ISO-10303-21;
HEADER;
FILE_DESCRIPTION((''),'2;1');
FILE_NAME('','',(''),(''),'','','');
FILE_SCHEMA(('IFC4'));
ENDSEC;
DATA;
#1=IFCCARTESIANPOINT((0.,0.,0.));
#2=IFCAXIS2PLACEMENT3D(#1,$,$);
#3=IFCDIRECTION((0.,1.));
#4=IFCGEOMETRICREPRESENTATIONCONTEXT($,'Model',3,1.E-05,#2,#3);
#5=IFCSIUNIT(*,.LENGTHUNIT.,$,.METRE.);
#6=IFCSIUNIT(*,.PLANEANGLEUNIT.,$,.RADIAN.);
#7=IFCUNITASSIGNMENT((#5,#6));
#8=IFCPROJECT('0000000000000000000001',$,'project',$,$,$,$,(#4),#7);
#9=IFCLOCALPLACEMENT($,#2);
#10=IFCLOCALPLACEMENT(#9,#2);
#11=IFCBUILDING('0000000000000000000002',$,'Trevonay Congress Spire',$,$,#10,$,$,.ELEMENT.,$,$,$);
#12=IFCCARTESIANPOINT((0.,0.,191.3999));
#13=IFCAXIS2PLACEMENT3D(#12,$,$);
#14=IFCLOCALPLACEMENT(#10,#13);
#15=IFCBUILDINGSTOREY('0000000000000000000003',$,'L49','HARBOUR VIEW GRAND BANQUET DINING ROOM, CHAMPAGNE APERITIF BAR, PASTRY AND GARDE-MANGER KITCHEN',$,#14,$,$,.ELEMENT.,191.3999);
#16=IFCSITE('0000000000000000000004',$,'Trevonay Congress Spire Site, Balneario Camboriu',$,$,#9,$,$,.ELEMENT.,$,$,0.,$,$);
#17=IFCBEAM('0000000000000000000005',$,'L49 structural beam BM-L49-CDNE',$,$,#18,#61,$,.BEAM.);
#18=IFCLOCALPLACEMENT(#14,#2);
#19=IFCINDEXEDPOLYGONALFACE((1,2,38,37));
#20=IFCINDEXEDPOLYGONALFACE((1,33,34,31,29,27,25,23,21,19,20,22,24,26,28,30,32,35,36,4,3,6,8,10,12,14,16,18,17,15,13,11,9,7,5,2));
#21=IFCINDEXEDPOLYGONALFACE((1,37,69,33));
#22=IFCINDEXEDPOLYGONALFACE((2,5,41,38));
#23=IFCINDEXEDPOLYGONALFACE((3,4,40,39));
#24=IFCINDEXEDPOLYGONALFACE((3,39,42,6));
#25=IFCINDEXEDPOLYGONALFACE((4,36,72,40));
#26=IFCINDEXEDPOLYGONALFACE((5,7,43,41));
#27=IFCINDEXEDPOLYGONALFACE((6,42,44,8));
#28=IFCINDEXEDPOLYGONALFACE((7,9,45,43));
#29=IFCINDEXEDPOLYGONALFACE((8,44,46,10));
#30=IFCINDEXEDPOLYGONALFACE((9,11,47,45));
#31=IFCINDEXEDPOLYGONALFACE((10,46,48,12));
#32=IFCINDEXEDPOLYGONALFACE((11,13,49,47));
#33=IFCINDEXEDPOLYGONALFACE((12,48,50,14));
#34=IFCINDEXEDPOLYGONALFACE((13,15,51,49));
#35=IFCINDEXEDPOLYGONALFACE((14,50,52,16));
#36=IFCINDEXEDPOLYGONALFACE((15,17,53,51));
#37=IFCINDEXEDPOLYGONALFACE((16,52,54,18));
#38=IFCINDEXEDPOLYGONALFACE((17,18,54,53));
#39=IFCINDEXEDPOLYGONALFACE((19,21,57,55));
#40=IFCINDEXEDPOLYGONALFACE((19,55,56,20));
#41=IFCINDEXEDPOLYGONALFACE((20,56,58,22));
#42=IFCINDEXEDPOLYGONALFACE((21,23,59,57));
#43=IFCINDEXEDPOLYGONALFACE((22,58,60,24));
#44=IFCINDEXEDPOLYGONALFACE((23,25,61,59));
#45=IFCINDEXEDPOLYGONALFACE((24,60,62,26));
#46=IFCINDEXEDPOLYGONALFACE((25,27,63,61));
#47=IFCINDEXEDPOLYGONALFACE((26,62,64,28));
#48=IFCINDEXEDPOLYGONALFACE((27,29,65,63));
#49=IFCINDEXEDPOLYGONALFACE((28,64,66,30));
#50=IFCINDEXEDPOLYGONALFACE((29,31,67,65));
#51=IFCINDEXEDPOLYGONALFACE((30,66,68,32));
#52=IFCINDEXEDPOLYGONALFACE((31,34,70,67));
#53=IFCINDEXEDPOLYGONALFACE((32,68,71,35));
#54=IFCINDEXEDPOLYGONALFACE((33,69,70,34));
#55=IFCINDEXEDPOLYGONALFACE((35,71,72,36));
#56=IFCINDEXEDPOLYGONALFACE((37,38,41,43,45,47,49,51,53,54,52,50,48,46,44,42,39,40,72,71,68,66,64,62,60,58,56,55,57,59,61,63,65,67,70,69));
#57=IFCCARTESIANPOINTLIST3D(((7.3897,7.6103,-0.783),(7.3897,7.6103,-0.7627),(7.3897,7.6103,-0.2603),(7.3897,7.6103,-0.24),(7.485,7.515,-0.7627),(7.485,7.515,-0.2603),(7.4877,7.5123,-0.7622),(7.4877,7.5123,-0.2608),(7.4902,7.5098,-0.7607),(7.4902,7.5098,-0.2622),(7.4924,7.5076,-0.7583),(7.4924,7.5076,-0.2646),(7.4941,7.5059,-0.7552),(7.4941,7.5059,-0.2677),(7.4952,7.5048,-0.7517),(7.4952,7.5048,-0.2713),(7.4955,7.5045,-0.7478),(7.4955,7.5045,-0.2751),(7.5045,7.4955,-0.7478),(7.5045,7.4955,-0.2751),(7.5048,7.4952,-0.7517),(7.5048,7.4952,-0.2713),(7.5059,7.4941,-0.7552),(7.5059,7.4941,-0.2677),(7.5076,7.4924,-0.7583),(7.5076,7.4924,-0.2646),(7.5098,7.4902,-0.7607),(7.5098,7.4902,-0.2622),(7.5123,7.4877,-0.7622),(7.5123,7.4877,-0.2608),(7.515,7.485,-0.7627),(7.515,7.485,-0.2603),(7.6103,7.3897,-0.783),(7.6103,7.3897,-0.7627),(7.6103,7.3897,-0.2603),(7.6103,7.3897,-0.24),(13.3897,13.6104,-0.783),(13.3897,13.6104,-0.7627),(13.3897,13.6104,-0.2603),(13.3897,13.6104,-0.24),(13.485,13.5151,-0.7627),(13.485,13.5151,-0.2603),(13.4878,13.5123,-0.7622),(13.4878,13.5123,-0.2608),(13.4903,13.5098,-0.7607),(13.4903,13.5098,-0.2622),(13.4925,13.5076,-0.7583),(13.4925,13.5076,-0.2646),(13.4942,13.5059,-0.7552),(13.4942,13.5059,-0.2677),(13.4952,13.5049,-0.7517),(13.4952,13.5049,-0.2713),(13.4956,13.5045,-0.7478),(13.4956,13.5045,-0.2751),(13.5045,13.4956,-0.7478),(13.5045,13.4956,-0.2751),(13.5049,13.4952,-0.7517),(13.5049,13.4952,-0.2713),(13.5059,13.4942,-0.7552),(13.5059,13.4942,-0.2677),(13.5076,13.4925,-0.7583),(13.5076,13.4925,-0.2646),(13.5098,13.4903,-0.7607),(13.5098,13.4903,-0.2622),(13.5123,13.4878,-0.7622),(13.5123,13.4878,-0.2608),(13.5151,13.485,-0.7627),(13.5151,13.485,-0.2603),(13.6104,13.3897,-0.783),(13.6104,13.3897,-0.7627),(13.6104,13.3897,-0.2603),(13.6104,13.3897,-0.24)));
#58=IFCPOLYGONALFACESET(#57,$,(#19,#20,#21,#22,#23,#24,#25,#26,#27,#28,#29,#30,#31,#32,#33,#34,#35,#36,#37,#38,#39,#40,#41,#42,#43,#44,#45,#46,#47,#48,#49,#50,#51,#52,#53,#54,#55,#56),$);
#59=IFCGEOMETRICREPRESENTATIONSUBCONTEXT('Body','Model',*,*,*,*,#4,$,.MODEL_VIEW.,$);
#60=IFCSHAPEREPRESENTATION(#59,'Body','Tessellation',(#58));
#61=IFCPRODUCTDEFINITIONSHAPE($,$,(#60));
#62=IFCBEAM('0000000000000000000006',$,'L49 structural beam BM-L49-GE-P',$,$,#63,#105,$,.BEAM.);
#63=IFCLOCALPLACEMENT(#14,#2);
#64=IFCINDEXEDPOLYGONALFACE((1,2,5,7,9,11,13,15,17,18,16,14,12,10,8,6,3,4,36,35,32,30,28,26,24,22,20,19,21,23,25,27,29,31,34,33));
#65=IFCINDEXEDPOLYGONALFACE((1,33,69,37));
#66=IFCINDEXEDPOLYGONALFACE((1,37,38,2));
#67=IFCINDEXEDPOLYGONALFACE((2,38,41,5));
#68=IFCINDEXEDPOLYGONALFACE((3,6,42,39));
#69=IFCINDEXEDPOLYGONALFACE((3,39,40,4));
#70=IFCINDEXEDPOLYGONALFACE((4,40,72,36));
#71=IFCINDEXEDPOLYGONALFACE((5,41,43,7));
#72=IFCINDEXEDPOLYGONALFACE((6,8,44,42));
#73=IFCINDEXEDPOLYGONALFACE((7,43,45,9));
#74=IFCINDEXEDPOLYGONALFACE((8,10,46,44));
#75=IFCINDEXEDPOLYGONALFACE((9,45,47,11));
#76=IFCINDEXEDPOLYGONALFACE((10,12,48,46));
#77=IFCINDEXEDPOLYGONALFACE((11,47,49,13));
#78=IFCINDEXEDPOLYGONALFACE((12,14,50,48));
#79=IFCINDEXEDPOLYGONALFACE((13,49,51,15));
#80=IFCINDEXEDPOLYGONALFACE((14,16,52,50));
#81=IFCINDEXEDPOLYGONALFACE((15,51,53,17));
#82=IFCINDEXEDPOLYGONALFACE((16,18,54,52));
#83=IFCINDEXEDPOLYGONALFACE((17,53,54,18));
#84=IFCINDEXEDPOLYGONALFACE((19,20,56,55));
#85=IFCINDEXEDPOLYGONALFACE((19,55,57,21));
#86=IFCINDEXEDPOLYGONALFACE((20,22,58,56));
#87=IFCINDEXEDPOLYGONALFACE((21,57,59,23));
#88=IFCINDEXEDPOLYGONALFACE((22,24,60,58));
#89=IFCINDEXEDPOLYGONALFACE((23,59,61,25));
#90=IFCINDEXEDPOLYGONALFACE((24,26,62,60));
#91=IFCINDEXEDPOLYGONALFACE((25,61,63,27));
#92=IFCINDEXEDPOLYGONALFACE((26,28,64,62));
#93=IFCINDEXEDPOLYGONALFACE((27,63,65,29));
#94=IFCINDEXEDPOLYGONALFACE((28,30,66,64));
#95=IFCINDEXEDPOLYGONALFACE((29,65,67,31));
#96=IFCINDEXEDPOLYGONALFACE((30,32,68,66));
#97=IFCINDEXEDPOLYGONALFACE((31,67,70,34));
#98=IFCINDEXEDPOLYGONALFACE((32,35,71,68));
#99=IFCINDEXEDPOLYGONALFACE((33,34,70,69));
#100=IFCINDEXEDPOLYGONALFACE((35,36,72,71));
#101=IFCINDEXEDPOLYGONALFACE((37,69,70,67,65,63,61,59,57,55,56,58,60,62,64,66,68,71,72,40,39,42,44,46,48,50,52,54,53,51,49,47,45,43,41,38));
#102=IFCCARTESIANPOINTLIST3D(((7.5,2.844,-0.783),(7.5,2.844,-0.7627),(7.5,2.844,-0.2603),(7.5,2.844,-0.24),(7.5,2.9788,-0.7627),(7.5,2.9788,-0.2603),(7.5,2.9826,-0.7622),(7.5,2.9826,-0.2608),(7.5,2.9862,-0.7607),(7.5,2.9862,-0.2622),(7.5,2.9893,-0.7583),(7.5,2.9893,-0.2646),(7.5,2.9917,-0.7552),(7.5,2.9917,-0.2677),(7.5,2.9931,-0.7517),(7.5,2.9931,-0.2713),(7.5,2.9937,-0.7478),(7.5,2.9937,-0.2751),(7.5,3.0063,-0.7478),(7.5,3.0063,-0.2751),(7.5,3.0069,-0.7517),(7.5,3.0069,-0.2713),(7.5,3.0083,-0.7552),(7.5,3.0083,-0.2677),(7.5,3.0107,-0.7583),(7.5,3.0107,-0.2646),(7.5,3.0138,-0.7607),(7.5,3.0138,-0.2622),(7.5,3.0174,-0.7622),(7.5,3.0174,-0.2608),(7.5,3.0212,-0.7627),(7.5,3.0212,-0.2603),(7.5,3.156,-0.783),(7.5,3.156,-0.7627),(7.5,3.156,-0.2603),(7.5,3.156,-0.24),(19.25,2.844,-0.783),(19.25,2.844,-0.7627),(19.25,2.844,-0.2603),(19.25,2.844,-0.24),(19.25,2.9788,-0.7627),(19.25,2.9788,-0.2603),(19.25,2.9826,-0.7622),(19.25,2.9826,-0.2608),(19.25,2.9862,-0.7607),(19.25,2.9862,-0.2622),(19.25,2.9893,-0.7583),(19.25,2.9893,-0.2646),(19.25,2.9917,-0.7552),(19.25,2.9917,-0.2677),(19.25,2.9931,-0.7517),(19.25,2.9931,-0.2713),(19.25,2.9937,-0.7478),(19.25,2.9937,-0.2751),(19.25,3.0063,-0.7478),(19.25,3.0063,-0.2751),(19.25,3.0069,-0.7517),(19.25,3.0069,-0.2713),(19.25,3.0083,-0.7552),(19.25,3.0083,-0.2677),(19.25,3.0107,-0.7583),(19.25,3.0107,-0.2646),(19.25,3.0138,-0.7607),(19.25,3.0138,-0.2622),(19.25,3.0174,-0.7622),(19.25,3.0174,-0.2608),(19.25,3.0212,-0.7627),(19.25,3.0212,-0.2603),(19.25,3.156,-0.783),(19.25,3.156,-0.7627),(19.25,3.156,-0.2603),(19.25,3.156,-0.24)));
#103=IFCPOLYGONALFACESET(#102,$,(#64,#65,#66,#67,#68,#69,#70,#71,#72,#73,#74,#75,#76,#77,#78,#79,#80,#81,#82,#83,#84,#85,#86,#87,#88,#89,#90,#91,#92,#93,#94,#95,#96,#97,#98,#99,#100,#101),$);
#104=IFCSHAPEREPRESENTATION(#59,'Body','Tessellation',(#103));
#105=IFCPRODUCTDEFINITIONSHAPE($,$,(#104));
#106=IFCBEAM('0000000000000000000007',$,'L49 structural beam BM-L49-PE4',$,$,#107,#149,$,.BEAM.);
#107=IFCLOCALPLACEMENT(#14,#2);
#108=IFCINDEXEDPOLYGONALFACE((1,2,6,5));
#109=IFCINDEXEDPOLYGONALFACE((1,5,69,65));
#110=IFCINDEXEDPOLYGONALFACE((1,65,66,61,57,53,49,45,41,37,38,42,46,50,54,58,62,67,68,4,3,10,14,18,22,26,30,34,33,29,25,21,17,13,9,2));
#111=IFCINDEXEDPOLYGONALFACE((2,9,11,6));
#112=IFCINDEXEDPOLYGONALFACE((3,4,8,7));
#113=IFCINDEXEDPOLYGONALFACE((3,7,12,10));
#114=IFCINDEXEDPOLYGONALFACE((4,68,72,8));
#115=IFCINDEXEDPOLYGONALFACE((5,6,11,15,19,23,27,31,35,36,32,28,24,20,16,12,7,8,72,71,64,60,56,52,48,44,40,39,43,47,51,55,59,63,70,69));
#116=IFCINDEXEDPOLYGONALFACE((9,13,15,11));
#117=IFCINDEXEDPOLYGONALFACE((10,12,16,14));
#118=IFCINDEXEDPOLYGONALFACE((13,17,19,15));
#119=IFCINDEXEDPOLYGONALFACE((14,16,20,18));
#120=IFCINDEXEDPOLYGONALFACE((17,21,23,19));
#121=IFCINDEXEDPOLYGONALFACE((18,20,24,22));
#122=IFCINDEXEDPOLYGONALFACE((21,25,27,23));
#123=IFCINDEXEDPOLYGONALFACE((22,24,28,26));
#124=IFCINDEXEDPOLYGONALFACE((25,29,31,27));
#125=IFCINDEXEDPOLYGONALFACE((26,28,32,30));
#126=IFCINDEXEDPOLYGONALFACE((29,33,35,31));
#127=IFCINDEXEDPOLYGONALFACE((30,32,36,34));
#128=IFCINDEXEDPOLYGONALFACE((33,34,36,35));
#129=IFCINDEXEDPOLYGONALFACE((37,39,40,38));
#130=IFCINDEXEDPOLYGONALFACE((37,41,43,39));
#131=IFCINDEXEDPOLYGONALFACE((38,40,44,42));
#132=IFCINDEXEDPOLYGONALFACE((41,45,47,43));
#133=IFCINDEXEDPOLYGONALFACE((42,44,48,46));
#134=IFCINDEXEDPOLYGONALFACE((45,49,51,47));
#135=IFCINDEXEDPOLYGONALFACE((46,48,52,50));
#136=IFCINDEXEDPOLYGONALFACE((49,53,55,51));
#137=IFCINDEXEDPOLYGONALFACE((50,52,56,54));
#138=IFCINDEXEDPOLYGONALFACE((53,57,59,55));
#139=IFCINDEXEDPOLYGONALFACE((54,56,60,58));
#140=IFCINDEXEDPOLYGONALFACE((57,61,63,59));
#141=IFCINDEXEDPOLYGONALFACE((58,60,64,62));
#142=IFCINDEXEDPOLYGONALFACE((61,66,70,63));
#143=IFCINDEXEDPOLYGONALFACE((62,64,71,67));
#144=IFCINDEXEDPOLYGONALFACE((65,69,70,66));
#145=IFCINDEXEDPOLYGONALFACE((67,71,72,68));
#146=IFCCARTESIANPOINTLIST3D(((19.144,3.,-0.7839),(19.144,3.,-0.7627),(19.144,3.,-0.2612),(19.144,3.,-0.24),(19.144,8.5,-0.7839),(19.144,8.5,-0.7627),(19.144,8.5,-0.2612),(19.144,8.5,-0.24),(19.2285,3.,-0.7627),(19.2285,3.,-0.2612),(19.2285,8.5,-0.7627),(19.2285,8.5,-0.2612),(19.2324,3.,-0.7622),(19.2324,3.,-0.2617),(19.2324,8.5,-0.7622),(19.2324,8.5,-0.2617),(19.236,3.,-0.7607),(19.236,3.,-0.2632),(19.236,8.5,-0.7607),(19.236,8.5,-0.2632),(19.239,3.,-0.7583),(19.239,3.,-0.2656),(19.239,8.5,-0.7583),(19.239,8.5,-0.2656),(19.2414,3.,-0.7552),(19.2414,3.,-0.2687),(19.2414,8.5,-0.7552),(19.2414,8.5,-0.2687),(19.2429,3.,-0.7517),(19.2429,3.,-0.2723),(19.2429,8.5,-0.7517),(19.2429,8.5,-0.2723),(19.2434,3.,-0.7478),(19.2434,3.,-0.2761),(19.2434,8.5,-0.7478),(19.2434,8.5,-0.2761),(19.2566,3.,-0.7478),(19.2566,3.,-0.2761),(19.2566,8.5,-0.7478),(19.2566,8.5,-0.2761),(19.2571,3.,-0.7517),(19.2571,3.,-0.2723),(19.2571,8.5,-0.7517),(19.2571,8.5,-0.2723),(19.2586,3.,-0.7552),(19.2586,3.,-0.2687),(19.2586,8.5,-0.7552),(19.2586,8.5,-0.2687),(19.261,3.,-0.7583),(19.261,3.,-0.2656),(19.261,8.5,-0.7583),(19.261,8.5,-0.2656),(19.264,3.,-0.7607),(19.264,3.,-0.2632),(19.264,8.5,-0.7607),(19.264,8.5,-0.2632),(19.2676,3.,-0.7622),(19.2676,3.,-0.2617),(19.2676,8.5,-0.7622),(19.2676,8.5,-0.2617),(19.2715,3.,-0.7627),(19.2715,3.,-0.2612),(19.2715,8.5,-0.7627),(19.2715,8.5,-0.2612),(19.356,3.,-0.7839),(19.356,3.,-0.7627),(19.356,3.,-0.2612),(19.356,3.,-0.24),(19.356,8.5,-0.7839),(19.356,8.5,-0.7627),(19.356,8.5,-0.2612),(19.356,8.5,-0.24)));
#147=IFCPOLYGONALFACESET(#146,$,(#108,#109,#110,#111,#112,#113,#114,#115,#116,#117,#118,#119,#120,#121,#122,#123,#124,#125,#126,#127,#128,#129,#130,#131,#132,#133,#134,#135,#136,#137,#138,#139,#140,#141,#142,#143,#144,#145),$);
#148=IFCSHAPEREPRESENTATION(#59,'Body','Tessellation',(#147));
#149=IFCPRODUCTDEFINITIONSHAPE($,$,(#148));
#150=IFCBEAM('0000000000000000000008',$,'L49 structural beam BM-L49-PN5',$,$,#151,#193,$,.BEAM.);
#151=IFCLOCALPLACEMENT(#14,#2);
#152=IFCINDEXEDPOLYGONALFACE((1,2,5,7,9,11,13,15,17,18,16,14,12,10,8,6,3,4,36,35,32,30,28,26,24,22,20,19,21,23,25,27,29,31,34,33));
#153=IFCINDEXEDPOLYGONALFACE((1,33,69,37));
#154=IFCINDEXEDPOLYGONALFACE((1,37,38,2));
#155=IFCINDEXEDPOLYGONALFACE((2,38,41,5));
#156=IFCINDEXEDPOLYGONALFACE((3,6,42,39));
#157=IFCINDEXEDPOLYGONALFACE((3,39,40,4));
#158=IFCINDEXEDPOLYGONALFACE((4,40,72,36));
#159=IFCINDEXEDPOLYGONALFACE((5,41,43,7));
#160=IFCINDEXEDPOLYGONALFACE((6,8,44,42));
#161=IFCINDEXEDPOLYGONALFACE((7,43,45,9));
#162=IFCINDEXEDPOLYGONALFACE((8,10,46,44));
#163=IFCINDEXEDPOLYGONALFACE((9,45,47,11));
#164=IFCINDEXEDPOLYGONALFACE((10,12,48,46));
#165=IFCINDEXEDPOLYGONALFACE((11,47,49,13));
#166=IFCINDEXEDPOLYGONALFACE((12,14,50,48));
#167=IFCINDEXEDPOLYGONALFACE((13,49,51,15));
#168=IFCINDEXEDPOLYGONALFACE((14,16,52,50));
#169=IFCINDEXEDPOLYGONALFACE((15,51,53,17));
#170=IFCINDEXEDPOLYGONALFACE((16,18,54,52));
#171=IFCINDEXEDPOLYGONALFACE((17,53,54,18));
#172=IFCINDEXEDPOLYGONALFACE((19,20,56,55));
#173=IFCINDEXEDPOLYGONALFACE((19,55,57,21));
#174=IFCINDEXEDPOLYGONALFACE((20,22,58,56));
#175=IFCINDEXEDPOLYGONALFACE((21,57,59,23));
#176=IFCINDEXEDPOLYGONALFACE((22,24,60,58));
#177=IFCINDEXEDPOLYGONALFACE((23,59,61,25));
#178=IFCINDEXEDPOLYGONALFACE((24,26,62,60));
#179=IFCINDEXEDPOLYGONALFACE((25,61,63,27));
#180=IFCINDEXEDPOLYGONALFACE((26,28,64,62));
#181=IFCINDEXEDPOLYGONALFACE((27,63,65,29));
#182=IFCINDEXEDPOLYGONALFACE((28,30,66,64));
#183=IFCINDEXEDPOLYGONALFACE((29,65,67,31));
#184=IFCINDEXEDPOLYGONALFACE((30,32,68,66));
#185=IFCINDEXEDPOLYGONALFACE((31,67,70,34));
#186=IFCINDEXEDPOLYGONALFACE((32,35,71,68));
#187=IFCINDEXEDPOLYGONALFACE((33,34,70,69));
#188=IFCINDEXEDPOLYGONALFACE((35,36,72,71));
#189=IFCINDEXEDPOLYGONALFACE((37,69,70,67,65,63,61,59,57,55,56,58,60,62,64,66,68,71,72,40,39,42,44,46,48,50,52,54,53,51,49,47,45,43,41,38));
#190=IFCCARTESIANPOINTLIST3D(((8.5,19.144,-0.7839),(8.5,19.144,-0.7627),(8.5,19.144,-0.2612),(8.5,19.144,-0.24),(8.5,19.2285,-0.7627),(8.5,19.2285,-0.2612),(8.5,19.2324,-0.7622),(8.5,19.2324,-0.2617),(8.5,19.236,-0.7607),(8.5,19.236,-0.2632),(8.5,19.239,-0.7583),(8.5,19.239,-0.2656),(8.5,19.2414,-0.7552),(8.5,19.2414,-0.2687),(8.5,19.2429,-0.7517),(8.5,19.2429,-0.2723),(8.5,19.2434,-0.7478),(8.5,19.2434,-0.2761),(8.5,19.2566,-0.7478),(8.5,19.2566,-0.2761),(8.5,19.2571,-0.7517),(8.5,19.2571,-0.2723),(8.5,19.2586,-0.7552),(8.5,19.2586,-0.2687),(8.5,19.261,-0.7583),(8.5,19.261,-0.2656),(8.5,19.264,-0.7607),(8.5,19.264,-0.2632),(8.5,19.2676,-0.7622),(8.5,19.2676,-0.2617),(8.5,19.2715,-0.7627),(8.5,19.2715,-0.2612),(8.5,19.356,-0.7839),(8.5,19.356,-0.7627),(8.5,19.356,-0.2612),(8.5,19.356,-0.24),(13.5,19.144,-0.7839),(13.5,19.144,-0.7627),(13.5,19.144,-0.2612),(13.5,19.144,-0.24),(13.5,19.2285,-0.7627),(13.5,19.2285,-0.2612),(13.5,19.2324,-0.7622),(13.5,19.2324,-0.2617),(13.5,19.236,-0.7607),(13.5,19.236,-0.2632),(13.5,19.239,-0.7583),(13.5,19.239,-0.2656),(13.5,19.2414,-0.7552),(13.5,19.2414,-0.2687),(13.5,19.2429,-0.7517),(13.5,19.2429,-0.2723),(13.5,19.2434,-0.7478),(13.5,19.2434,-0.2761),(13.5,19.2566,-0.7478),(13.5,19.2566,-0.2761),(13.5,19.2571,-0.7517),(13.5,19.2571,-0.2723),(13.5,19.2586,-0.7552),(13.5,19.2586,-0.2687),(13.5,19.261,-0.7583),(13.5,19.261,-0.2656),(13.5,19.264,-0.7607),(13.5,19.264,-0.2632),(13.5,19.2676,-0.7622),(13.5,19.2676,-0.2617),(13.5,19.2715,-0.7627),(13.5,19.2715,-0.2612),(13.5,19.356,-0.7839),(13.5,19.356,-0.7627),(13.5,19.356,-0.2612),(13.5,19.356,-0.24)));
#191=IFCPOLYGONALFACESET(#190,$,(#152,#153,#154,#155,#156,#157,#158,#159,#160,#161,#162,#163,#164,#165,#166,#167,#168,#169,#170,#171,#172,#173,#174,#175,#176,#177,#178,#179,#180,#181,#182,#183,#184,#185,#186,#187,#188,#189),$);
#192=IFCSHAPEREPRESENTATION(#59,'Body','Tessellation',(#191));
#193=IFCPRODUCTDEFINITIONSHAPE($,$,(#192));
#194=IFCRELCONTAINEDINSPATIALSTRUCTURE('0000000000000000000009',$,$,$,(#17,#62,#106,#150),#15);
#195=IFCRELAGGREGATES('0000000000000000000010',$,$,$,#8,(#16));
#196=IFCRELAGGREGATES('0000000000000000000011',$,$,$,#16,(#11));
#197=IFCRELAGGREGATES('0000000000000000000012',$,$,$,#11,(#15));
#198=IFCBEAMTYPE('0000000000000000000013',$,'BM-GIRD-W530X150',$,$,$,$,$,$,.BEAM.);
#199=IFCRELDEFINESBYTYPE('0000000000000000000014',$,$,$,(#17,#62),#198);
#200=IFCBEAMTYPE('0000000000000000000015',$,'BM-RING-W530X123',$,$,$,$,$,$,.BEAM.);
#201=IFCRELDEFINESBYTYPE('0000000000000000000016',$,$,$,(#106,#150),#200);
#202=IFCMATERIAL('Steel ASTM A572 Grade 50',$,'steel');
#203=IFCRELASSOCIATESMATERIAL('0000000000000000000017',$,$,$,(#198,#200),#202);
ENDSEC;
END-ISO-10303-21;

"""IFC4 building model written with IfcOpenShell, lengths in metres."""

from ifc_helpers import new_model, si_unit, direction, frame, origin, origin_2d, place, context, subcontext, project, spatial, i_section, extrude, material, material_profile, profile_set, type_object, element, save


model = new_model("IFC4")

# Units and contexts
model_context = context("Model", 3, precision=1e-05, world=origin(), true_north=direction((0.0, 1.0)))
body_context = subcontext(model_context, "Body", "Model", "MODEL_VIEW")
ifc_project = project(units=[si_unit("LENGTHUNIT", "METRE"), si_unit("PLANEANGLEUNIT", "RADIAN")], contexts=[model_context])

# Site, building, storey
site_placement = place(None, origin())
site = spatial("IfcSite", under=ifc_project, at=site_placement, Name="Trevonay Congress Spire Site, Balneario Camboriu", CompositionType="ELEMENT", RefElevation=0.0)
building_placement = place(site_placement, origin())
building = spatial("IfcBuilding", under=site, at=building_placement, Name="Trevonay Congress Spire", CompositionType="ELEMENT")
storey_placement = place(building_placement, frame((0.0, 0.0, 191.3999)))
storey = spatial("IfcBuildingStorey", under=building, at=storey_placement, Name="L49", Description="HARBOUR VIEW GRAND BANQUET DINING ROOM, CHAMPAGNE APERITIF BAR, PASTRY AND GARDE-MANGER KITCHEN", CompositionType="ELEMENT", Elevation=191.3999)

# Shared definitions
ifc_material_1 = material(Name="Steel ASTM A572 Grade 50", Category="steel")

# Beams
ifc_material_profile_1 = material_profile(ifc_material_1, i_section(OverallWidth=0.312, OverallDepth=0.543, WebThickness=0.0127, FlangeThickness=0.0203, FilletRadius=0.0149, at=origin_2d()), Name="W530x150")
ifc_profile_set_1 = profile_set([ifc_material_profile_1], Name="Steel ASTM A572 Grade 50")
beam_type_1 = type_object("IfcBeamType", Name="BM-GIRD-W530X150", PredefinedType="BEAM", material=ifc_profile_set_1)
beam_1_placement = place(storey_placement, frame((7.5, 7.5, -0.5115), z_axis=(0.707107, 0.707107, 0.0), x_axis=(-0.707107, 0.707107, 0.0)))
element("IfcBeam", 1, at=beam_1_placement, inside=storey, type_object=beam_type_1, Name="L49 structural beam BM-L49-CDNE", PredefinedType="BEAM", context=body_context, shape_type="SweptSolid", body=[
    extrude(i_section(OverallWidth=0.312, OverallDepth=0.543, WebThickness=0.0127, FlangeThickness=0.0203, FilletRadius=0.0149, at=origin_2d()), origin(), (0.0, 0.0, 1.0), 8.4854),
])
beam_2_placement = place(storey_placement, frame((7.5, 3.0, -0.5115), z_axis=(1.0, 0.0, 0.0), x_axis=(0.0, 1.0, 0.0)))
element("IfcBeam", 2, at=beam_2_placement, inside=storey, type_object=beam_type_1, Name="L49 structural beam BM-L49-GE-P", PredefinedType="BEAM", context=body_context, shape_type="SweptSolid", body=[
    extrude(i_section(OverallWidth=0.312, OverallDepth=0.543, WebThickness=0.0127, FlangeThickness=0.0203, FilletRadius=0.0149, at=origin_2d()), origin(), (0.0, 0.0, 1.0), 11.75),
])
ifc_material_profile_2 = material_profile(ifc_material_1, i_section(OverallWidth=0.2119, OverallDepth=0.5439, WebThickness=0.0132, FlangeThickness=0.0212, FilletRadius=0.0149, at=origin_2d()), Name="W530x123")
ifc_profile_set_2 = profile_set([ifc_material_profile_2], Name="Steel ASTM A572 Grade 50")
beam_type_2 = type_object("IfcBeamType", Name="BM-RING-W530X123", PredefinedType="BEAM", material=ifc_profile_set_2)
beam_3_placement = place(storey_placement, frame((19.25, 3.0, -0.512), z_axis=(0.0, 1.0, 0.0), x_axis=(-1.0, 0.0, 0.0)))
element("IfcBeam", 3, at=beam_3_placement, inside=storey, type_object=beam_type_2, Name="L49 structural beam BM-L49-PE4", PredefinedType="BEAM", context=body_context, shape_type="SweptSolid", body=[
    extrude(i_section(OverallWidth=0.2119, OverallDepth=0.5439, WebThickness=0.0132, FlangeThickness=0.0212, FilletRadius=0.0149, at=origin_2d()), origin(), (0.0, 0.0, 1.0), 5.5),
])
for number, where, z_axis, x_axis, name in (
    (4, (8.5, 19.25, -0.512), (1.0, 0.0, 0.0), (0.0, 1.0, 0.0), "L49 structural beam BM-L49-PN5"),
):
    element("IfcBeam", number, at=place(storey_placement, frame(where, z_axis=z_axis, x_axis=x_axis)), inside=storey, type_object=beam_type_2, Name=name, PredefinedType="BEAM", context=body_context, shape_type="SweptSolid", body=[
        extrude(i_section(OverallWidth=0.2119, OverallDepth=0.5439, WebThickness=0.0132, FlangeThickness=0.0212, FilletRadius=0.0149, at=origin_2d()), origin(), (0.0, 0.0, 1.0), 5.0),
    ])

save(model, "model.ifc")
